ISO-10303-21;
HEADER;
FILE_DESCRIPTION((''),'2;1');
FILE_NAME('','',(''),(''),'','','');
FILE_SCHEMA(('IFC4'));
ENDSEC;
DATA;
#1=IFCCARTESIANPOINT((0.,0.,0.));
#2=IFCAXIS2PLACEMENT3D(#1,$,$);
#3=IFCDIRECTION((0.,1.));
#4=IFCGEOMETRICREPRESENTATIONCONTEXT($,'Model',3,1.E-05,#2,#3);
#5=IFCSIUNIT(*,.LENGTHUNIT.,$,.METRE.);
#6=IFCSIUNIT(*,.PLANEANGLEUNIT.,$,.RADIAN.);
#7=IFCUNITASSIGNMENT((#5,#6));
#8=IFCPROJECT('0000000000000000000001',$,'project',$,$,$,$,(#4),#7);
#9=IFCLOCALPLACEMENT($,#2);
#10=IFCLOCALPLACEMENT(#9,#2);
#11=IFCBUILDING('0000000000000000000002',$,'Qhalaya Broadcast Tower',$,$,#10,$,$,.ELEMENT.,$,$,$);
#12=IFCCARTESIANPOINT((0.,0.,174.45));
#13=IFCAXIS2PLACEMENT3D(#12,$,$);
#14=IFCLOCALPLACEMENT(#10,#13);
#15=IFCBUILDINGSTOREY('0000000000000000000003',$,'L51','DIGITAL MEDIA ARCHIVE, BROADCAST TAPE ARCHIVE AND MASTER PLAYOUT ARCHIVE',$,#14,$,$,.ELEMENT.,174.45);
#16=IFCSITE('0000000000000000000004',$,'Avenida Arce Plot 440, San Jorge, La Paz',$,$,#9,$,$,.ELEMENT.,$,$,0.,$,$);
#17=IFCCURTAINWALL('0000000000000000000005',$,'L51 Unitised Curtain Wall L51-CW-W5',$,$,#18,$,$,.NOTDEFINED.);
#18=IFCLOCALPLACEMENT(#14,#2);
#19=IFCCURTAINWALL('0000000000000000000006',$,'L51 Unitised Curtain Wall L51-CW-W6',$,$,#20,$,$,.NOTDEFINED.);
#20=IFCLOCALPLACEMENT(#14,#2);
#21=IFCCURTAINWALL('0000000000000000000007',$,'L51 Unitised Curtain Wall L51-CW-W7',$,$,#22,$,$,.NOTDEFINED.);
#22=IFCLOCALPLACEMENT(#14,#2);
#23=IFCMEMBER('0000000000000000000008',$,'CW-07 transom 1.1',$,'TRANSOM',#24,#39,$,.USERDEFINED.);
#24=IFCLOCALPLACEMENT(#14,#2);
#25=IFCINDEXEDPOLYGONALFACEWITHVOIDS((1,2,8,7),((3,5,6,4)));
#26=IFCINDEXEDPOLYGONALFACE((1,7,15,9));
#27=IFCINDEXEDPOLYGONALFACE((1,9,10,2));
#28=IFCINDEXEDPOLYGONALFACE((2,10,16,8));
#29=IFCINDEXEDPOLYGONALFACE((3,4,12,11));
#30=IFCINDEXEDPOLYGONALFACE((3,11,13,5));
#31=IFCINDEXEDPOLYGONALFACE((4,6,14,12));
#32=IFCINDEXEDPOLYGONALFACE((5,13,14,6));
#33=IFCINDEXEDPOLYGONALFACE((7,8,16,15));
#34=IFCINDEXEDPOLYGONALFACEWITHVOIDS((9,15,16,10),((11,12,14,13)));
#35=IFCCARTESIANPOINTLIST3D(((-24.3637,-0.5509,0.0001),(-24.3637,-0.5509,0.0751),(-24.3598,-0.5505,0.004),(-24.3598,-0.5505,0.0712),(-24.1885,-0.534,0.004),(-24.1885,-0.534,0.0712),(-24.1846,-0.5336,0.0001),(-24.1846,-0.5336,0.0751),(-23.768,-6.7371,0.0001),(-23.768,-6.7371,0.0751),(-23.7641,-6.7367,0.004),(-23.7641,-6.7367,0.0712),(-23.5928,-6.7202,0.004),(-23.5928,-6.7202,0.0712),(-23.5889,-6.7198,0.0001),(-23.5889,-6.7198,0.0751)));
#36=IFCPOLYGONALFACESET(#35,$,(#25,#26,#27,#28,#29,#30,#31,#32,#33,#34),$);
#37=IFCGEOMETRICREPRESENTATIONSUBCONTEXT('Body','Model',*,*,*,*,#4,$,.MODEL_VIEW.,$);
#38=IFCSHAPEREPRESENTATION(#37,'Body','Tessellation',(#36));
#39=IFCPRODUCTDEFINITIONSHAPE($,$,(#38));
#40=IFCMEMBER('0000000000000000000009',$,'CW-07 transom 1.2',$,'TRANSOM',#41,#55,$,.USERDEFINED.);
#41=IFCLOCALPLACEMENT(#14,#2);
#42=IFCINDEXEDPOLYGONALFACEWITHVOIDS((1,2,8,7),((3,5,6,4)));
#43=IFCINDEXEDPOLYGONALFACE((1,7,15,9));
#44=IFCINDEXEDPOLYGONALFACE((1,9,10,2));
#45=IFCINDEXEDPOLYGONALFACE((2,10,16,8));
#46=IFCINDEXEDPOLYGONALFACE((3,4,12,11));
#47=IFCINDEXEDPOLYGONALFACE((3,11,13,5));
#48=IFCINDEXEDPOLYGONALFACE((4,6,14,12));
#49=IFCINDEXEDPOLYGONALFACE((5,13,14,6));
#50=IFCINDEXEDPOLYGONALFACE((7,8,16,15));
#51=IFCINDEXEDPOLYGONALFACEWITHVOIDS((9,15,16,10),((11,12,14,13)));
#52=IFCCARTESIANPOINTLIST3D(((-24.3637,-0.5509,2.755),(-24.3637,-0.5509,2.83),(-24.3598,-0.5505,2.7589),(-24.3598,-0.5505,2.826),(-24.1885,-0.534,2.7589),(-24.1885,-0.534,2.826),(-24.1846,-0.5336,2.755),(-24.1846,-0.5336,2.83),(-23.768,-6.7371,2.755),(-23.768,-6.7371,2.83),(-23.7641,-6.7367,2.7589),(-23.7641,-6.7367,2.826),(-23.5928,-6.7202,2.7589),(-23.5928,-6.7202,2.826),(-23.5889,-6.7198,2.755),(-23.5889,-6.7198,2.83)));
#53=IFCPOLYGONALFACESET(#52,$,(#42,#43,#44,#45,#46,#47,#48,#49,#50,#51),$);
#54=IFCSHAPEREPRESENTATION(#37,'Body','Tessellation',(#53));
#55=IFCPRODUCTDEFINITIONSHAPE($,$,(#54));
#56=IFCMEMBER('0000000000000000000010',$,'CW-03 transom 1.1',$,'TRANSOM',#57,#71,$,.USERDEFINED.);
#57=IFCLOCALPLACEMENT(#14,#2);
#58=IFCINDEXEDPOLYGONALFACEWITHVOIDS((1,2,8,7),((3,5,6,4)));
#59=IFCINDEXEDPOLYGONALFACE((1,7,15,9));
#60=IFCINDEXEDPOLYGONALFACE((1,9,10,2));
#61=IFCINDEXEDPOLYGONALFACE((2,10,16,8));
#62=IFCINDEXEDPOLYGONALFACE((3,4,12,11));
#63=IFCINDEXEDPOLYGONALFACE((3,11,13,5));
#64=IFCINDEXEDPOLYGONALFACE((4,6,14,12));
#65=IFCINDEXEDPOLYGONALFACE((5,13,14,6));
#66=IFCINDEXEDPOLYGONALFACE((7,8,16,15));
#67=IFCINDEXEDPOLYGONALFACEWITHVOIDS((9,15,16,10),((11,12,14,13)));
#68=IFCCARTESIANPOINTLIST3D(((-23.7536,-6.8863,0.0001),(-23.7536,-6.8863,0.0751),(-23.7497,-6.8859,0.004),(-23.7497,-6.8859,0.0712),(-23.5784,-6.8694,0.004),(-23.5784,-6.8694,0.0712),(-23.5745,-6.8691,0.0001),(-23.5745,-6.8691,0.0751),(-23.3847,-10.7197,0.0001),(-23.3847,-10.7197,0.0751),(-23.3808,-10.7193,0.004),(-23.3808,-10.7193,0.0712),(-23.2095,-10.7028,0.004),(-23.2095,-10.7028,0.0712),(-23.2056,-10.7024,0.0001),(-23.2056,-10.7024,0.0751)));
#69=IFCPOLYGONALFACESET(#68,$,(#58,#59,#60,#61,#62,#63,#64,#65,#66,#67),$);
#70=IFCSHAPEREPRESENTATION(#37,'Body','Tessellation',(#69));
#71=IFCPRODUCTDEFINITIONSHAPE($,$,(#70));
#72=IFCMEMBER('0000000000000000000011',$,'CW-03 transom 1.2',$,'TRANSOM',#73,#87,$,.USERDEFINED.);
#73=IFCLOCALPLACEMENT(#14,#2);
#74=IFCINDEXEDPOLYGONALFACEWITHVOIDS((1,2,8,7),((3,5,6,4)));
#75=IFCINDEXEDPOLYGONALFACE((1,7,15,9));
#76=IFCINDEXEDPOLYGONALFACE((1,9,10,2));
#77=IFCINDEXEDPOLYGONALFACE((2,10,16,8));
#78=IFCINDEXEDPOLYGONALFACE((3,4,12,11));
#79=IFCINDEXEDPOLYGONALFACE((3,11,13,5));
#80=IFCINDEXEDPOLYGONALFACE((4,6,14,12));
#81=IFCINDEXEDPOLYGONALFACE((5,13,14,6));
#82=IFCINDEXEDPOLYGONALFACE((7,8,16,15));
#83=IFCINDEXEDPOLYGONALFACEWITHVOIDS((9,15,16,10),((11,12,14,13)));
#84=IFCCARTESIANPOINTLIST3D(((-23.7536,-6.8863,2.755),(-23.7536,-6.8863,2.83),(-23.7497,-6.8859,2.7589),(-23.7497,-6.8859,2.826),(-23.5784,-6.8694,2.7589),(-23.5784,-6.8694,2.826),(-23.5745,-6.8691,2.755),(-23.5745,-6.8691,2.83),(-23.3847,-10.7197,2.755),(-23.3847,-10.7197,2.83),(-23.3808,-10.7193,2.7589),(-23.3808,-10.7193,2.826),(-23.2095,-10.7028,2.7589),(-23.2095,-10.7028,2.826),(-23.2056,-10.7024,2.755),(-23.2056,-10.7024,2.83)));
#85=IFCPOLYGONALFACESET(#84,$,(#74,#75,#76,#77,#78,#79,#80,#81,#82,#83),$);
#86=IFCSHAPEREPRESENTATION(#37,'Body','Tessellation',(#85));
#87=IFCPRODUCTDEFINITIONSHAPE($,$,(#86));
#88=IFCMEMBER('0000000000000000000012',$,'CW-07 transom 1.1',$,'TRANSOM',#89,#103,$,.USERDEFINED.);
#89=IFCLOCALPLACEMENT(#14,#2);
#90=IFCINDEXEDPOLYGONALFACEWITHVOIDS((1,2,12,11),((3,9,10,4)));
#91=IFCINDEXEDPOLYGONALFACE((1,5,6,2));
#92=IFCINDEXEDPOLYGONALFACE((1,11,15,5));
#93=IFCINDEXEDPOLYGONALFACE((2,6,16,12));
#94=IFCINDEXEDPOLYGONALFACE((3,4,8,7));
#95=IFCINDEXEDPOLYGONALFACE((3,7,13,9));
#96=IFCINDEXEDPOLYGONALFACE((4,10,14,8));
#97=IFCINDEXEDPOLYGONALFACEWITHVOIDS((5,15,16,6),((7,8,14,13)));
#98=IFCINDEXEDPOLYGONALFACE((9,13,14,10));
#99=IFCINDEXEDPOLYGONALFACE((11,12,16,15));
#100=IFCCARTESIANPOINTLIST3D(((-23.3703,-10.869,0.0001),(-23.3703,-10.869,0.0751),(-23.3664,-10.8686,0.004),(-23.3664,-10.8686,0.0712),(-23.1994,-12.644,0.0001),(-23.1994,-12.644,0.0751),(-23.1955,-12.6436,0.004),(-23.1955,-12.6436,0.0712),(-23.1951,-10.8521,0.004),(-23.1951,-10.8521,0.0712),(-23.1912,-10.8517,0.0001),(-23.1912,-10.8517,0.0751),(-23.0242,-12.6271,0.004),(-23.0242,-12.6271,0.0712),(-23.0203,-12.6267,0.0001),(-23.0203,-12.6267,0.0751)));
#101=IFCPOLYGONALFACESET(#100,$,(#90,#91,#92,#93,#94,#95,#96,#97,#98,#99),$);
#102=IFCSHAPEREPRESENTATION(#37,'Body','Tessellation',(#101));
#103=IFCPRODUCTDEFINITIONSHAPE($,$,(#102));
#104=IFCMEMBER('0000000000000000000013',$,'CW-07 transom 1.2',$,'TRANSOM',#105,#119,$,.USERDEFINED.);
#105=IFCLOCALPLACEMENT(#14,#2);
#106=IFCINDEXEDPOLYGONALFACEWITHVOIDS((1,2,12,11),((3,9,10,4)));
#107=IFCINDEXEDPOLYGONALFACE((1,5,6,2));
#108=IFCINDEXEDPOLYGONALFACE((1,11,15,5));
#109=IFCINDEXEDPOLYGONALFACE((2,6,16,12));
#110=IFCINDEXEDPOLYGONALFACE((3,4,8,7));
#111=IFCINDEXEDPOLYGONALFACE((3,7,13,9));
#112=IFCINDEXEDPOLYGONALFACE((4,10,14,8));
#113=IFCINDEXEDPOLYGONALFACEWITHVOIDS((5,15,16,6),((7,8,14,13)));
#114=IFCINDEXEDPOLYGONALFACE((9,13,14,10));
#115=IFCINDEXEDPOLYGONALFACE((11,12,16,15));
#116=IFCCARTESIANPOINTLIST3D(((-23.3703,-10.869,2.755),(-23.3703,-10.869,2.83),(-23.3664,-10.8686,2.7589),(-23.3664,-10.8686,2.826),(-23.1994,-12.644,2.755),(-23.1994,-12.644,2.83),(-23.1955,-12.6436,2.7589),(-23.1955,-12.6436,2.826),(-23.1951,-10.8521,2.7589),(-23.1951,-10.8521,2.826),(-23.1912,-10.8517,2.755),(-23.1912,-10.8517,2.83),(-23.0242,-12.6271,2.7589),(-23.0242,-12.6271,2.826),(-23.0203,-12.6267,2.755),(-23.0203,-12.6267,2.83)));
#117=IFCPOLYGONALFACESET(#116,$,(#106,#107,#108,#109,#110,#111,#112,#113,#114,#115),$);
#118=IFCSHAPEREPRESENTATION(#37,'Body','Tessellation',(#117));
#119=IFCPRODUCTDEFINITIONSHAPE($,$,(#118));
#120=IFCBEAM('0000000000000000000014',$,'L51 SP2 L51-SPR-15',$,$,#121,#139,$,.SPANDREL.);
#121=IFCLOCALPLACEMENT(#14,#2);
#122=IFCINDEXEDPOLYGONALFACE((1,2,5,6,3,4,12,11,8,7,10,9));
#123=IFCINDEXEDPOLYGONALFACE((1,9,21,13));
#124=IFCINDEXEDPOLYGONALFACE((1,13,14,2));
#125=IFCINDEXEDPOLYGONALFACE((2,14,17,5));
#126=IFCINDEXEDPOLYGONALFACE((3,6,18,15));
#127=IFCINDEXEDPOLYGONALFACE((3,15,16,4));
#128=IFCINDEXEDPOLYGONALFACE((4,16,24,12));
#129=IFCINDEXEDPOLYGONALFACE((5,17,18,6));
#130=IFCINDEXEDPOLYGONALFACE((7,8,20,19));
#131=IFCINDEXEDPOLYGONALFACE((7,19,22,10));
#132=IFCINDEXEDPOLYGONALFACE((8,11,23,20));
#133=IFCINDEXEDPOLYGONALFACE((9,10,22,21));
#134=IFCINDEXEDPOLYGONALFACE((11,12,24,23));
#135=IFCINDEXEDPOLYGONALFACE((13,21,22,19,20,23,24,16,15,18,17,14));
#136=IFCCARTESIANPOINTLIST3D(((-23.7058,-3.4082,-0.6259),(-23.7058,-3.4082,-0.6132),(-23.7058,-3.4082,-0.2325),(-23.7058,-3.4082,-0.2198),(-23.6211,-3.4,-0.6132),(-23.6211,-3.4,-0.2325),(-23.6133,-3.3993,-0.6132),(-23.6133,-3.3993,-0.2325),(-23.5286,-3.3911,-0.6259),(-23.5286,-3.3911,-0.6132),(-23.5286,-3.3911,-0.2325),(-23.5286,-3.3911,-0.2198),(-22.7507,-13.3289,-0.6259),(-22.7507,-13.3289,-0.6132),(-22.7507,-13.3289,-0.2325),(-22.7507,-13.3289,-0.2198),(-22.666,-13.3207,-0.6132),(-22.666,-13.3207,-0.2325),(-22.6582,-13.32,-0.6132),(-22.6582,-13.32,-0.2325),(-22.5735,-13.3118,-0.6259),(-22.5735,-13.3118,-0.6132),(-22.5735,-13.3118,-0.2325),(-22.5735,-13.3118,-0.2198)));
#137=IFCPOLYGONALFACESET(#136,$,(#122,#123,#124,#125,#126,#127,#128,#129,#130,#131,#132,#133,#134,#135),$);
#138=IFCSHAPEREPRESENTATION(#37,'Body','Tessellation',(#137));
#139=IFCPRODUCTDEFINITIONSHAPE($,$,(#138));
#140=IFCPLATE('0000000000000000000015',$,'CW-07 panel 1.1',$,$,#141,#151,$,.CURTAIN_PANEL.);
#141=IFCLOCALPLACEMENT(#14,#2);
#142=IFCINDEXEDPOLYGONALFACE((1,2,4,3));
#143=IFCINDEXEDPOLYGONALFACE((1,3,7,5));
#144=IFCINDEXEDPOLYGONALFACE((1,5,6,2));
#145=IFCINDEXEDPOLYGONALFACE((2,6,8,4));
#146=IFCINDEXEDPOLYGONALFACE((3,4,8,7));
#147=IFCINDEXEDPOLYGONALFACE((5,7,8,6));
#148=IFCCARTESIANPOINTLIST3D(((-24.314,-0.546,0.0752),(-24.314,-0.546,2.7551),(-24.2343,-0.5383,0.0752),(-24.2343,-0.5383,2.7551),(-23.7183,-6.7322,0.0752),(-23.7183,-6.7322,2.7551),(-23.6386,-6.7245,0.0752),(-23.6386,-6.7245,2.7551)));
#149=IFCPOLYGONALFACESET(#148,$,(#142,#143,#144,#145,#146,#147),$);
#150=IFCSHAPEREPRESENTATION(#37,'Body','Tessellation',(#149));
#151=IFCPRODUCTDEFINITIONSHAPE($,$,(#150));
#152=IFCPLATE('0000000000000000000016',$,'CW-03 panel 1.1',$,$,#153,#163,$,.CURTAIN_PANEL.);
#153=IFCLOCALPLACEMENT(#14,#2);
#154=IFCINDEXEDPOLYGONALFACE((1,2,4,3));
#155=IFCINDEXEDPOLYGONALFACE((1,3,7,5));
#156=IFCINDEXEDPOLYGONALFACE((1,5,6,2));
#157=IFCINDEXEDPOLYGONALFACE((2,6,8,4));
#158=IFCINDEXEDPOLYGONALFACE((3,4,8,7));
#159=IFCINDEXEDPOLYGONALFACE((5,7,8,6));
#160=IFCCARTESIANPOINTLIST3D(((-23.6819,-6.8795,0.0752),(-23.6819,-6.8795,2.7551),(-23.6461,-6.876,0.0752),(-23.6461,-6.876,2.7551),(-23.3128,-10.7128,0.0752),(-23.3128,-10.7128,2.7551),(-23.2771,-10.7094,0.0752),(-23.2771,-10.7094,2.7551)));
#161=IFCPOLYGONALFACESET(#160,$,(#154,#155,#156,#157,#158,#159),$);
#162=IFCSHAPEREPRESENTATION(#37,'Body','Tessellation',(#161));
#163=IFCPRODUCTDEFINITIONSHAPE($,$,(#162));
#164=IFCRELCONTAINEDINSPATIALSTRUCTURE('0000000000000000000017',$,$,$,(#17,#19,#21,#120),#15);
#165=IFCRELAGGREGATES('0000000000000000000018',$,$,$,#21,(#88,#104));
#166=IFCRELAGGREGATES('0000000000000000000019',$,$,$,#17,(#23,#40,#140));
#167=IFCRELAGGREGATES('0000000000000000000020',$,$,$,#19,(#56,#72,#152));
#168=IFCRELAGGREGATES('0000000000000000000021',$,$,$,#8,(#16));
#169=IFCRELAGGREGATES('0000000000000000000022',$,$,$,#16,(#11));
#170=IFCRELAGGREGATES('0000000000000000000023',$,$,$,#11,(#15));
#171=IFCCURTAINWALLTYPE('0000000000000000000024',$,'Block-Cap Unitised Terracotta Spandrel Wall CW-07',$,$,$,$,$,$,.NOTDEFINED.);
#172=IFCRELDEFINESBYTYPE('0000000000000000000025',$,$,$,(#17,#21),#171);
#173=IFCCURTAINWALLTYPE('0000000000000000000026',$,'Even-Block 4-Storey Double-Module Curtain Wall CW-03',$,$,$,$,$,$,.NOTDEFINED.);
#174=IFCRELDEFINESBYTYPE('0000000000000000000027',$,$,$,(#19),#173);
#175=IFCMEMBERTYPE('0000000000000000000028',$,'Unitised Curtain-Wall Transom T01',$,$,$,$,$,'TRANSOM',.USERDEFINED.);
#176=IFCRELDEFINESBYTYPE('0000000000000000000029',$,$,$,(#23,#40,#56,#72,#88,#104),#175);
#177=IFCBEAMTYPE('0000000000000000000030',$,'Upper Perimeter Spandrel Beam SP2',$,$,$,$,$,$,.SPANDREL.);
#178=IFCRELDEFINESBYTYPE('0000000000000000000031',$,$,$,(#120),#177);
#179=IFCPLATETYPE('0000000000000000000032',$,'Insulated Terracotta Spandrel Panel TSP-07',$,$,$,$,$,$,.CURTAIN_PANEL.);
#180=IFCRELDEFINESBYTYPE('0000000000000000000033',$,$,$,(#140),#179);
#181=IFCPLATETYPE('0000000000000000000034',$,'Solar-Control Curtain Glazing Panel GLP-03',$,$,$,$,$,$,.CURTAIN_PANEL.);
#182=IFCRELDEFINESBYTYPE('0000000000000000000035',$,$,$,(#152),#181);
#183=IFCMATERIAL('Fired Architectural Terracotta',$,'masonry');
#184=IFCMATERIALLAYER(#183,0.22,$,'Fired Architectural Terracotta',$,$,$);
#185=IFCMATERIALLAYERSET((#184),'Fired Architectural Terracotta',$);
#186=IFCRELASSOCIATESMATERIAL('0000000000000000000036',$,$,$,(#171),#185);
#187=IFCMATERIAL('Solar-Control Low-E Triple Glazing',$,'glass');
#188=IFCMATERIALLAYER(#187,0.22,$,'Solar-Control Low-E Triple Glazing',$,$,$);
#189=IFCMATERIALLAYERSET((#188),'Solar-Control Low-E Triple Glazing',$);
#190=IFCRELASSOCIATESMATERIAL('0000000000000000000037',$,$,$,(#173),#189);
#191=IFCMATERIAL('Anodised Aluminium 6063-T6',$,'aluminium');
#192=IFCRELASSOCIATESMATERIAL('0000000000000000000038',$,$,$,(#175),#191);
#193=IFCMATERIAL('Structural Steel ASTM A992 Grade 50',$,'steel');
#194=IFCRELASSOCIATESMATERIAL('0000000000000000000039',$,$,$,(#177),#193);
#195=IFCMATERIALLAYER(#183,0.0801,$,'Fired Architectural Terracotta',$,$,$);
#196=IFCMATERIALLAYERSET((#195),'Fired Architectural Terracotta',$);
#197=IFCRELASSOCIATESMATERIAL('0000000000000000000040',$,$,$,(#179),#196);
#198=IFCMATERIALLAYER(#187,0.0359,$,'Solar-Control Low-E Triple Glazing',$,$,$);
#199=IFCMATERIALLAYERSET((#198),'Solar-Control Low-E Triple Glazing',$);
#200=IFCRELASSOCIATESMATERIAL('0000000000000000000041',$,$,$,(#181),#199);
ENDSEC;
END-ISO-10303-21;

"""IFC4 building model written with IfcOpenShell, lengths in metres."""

from ifc_helpers import new_model, si_unit, direction, frame, origin, origin_2d, place, context, subcontext, project, spatial, rectangle, hollow_rectangle, i_section, extrude, material, layer, layer_set, material_profile, profile_set, type_object, element, aggregate, save


model = new_model("IFC4")

# Units and contexts
model_context = context("Model", 3, precision=1e-05, world=origin(), true_north=direction((0.0, 1.0)))
body_context = subcontext(model_context, "Body", "Model", "MODEL_VIEW")
ifc_project = project(units=[si_unit("LENGTHUNIT", "METRE"), si_unit("PLANEANGLEUNIT", "RADIAN")], contexts=[model_context])

# Site, building, storey
site_placement = place(None, origin())
site = spatial("IfcSite", under=ifc_project, at=site_placement, Name="Avenida Arce Plot 440, San Jorge, La Paz", CompositionType="ELEMENT", RefElevation=0.0)
building_placement = place(site_placement, origin())
building = spatial("IfcBuilding", under=site, at=building_placement, Name="Qhalaya Broadcast Tower", CompositionType="ELEMENT")
storey_placement = place(building_placement, frame((0.0, 0.0, 174.45)))
storey = spatial("IfcBuildingStorey", under=building, at=storey_placement, Name="L51", Description="DIGITAL MEDIA ARCHIVE, BROADCAST TAPE ARCHIVE AND MASTER PLAYOUT ARCHIVE", CompositionType="ELEMENT", Elevation=174.45)

# Shared definitions
ifc_material_1 = material(Name="Structural Steel ASTM A992 Grade 50", Category="steel")

# Curtain walls
ifc_material_2 = material(Name="Fired Architectural Terracotta", Category="masonry")
ifc_layer_1 = layer(ifc_material_2, 0.22, Name="Fired Architectural Terracotta")
ifc_layer_set_1 = layer_set([ifc_layer_1], Name="Fired Architectural Terracotta")
curtain_wall_type_1 = type_object("IfcCurtainWallType", Name="Block-Cap Unitised Terracotta Spandrel Wall CW-07", PredefinedType="NOTDEFINED", material=ifc_layer_set_1)
curtain_wall_1_placement = place(storey_placement, origin())
curtain_wall_1 = element("IfcCurtainWall", 1, at=curtain_wall_1_placement, inside=storey, type_object=curtain_wall_type_1, Name="L51 Unitised Curtain Wall L51-CW-W5", PredefinedType="NOTDEFINED")
ifc_material_3 = material(Name="Anodised Aluminium 6063-T6", Category="aluminium")
ifc_material_4 = material(Name="Solar-Control Low-E Triple Glazing", Category="glass")
ifc_layer_2 = layer(ifc_material_4, 0.22, Name="Solar-Control Low-E Triple Glazing")
ifc_layer_set_2 = layer_set([ifc_layer_2], Name="Solar-Control Low-E Triple Glazing")
curtain_wall_type_2 = type_object("IfcCurtainWallType", Name="Even-Block 4-Storey Double-Module Curtain Wall CW-03", PredefinedType="NOTDEFINED", material=ifc_layer_set_2)
curtain_wall_2_placement = place(storey_placement, origin())
curtain_wall_2 = element("IfcCurtainWall", 2, at=curtain_wall_2_placement, inside=storey, type_object=curtain_wall_type_2, Name="L51 Unitised Curtain Wall L51-CW-W6", PredefinedType="NOTDEFINED")

# Curtain wall
curtain_wall_3_placement = place(storey_placement, origin())
curtain_wall_3 = element("IfcCurtainWall", 3, at=curtain_wall_3_placement, inside=storey, type_object=curtain_wall_type_1, Name="L51 Unitised Curtain Wall L51-CW-W7", PredefinedType="NOTDEFINED")

# Members
ifc_material_profile_1 = material_profile(ifc_material_3, hollow_rectangle(XDim=0.075, YDim=0.1799, WallThickness=0.0039, at=origin_2d()), Name="ALU-TRN 75x180x4")
ifc_profile_set_1 = profile_set([ifc_material_profile_1], Name="Anodised Aluminium 6063-T6")
member_type_1 = type_object("IfcMemberType", Name="Unitised Curtain-Wall Transom T01", ElementType="TRANSOM", PredefinedType="USERDEFINED", material=ifc_profile_set_1)
member_1_placement = place(storey_placement, frame((-24.2742, -0.5422, 0.0376), z_axis=(0.095851, -0.995396, 0.0), x_axis=(0.0, 0.0, 1.0)))
member_1 = element("IfcMember", 4, at=member_1_placement, type_object=member_type_1, Name="CW-07 transom 1.1", ObjectType="TRANSOM", PredefinedType="USERDEFINED", context=body_context, shape_type="SweptSolid", body=[
    extrude(hollow_rectangle(XDim=0.075, YDim=0.1799, WallThickness=0.0039, at=origin_2d()), origin(), (0.0, 0.0, 1.0), 6.2148),
])
member_2_placement = place(storey_placement, frame((-24.2742, -0.5422, 2.7925), z_axis=(0.095851, -0.995396, 0.0), x_axis=(0.0, 0.0, 1.0)))
member_2 = element("IfcMember", 5, at=member_2_placement, type_object=member_type_1, Name="CW-07 transom 1.2", ObjectType="TRANSOM", PredefinedType="USERDEFINED", context=body_context, shape_type="SweptSolid", body=[
    extrude(hollow_rectangle(XDim=0.075, YDim=0.1799, WallThickness=0.0039, at=origin_2d()), origin(), (0.0, 0.0, 1.0), 6.2148),
])
member_3_placement = place(storey_placement, frame((-23.6641, -6.8777, 0.0376), z_axis=(0.095793, -0.995401, 0.0), x_axis=(0.0, 0.0, 1.0)))
member_3 = element("IfcMember", 6, at=member_3_placement, type_object=member_type_1, Name="CW-03 transom 1.1", ObjectType="TRANSOM", PredefinedType="USERDEFINED", context=body_context, shape_type="SweptSolid", body=[
    extrude(hollow_rectangle(XDim=0.075, YDim=0.1799, WallThickness=0.0039, at=origin_2d()), origin(), (0.0, 0.0, 1.0), 3.8511),
])
member_4_placement = place(storey_placement, frame((-23.6641, -6.8777, 2.7925), z_axis=(0.095793, -0.995401, 0.0), x_axis=(0.0, 0.0, 1.0)))
member_4 = element("IfcMember", 7, at=member_4_placement, type_object=member_type_1, Name="CW-03 transom 1.2", ObjectType="TRANSOM", PredefinedType="USERDEFINED", context=body_context, shape_type="SweptSolid", body=[
    extrude(hollow_rectangle(XDim=0.075, YDim=0.1799, WallThickness=0.0039, at=origin_2d()), origin(), (0.0, 0.0, 1.0), 3.8511),
])
member_5_placement = place(storey_placement, frame((-23.2808, -10.8604, 0.0376), z_axis=(0.095843, -0.995396, 0.0), x_axis=(0.0, 0.0, 1.0)))
member_5 = element("IfcMember", 8, at=member_5_placement, type_object=member_type_1, Name="CW-07 transom 1.1", ObjectType="TRANSOM", PredefinedType="USERDEFINED", context=body_context, shape_type="SweptSolid", body=[
    extrude(hollow_rectangle(XDim=0.075, YDim=0.1799, WallThickness=0.0039, at=origin_2d()), origin(), (0.0, 0.0, 1.0), 1.7832),
])
member_6_placement = place(storey_placement, frame((-23.2808, -10.8604, 2.7925), z_axis=(0.095843, -0.995396, 0.0), x_axis=(0.0, 0.0, 1.0)))
member_6 = element("IfcMember", 9, at=member_6_placement, type_object=member_type_1, Name="CW-07 transom 1.2", ObjectType="TRANSOM", PredefinedType="USERDEFINED", context=body_context, shape_type="SweptSolid", body=[
    extrude(hollow_rectangle(XDim=0.075, YDim=0.1799, WallThickness=0.0039, at=origin_2d()), origin(), (0.0, 0.0, 1.0), 1.7832),
])
aggregate(curtain_wall_3, [member_5, member_6])

# Beam
ifc_material_profile_2 = material_profile(ifc_material_1, i_section(OverallWidth=0.178, OverallDepth=0.406, WebThickness=0.0078, FlangeThickness=0.0127, at=origin_2d()), Name="W16X40")
ifc_profile_set_2 = profile_set([ifc_material_profile_2], Name="Structural Steel ASTM A992 Grade 50")
beam_type_1 = type_object("IfcBeamType", Name="Upper Perimeter Spandrel Beam SP2", PredefinedType="SPANDREL", material=ifc_profile_set_2)
beam_1_placement = place(storey_placement, frame((-23.6172, -3.3997, -0.4229), z_axis=(0.095829, -0.995398, 0.0), x_axis=(0.995398, 0.095829, 0.0)))
element("IfcBeam", 10, at=beam_1_placement, inside=storey, type_object=beam_type_1, Name="L51 SP2 L51-SPR-15", PredefinedType="SPANDREL", context=body_context, shape_type="SweptSolid", body=[
    extrude(i_section(OverallWidth=0.178, OverallDepth=0.406, WebThickness=0.0078, FlangeThickness=0.0127, at=origin_2d()), origin(), (0.0, 0.0, 1.0), 9.9666),
])

# Plates
ifc_layer_3 = layer(ifc_material_2, 0.0801, Name="Fired Architectural Terracotta")
ifc_layer_set_3 = layer_set([ifc_layer_3], Name="Fired Architectural Terracotta")
plate_type_1 = type_object("IfcPlateType", Name="Insulated Terracotta Spandrel Panel TSP-07", PredefinedType="CURTAIN_PANEL", material=ifc_layer_set_3)
plate_1_placement = place(storey_placement, frame((-23.9763, -3.6353, 0.0752), z_axis=(0.0, 0.0, 1.0), x_axis=(0.095854, -0.995395, 0.0)))
plate_1 = element("IfcPlate", 11, at=plate_1_placement, type_object=plate_type_1, Name="CW-07 panel 1.1", PredefinedType="CURTAIN_PANEL", context=body_context, shape_type="SweptSolid", body=[
    extrude(rectangle(XDim=6.2148, YDim=0.0801, at=origin_2d()), origin(), (0.0, 0.0, 1.0), 2.6799),
])
aggregate(curtain_wall_1, [member_1, member_2, plate_1])
ifc_layer_4 = layer(ifc_material_4, 0.0359, Name="Solar-Control Low-E Triple Glazing")
ifc_layer_set_4 = layer_set([ifc_layer_4], Name="Solar-Control Low-E Triple Glazing")
plate_type_2 = type_object("IfcPlateType", Name="Solar-Control Curtain Glazing Panel GLP-03", PredefinedType="CURTAIN_PANEL", material=ifc_layer_set_4)
plate_2_placement = place(storey_placement, frame((-23.4795, -8.7944, 0.0752), z_axis=(0.0, 0.0, 1.0), x_axis=(0.095826, -0.995398, 0.0)))
plate_2 = element("IfcPlate", 12, at=plate_2_placement, type_object=plate_type_2, Name="CW-03 panel 1.1", PredefinedType="CURTAIN_PANEL", context=body_context, shape_type="SweptSolid", body=[
    extrude(rectangle(XDim=3.8511, YDim=0.0359, at=origin_2d()), origin(), (0.0, 0.0, 1.0), 2.6799),
])
aggregate(curtain_wall_2, [member_3, member_4, plate_2])

save(model, "model.ifc")
